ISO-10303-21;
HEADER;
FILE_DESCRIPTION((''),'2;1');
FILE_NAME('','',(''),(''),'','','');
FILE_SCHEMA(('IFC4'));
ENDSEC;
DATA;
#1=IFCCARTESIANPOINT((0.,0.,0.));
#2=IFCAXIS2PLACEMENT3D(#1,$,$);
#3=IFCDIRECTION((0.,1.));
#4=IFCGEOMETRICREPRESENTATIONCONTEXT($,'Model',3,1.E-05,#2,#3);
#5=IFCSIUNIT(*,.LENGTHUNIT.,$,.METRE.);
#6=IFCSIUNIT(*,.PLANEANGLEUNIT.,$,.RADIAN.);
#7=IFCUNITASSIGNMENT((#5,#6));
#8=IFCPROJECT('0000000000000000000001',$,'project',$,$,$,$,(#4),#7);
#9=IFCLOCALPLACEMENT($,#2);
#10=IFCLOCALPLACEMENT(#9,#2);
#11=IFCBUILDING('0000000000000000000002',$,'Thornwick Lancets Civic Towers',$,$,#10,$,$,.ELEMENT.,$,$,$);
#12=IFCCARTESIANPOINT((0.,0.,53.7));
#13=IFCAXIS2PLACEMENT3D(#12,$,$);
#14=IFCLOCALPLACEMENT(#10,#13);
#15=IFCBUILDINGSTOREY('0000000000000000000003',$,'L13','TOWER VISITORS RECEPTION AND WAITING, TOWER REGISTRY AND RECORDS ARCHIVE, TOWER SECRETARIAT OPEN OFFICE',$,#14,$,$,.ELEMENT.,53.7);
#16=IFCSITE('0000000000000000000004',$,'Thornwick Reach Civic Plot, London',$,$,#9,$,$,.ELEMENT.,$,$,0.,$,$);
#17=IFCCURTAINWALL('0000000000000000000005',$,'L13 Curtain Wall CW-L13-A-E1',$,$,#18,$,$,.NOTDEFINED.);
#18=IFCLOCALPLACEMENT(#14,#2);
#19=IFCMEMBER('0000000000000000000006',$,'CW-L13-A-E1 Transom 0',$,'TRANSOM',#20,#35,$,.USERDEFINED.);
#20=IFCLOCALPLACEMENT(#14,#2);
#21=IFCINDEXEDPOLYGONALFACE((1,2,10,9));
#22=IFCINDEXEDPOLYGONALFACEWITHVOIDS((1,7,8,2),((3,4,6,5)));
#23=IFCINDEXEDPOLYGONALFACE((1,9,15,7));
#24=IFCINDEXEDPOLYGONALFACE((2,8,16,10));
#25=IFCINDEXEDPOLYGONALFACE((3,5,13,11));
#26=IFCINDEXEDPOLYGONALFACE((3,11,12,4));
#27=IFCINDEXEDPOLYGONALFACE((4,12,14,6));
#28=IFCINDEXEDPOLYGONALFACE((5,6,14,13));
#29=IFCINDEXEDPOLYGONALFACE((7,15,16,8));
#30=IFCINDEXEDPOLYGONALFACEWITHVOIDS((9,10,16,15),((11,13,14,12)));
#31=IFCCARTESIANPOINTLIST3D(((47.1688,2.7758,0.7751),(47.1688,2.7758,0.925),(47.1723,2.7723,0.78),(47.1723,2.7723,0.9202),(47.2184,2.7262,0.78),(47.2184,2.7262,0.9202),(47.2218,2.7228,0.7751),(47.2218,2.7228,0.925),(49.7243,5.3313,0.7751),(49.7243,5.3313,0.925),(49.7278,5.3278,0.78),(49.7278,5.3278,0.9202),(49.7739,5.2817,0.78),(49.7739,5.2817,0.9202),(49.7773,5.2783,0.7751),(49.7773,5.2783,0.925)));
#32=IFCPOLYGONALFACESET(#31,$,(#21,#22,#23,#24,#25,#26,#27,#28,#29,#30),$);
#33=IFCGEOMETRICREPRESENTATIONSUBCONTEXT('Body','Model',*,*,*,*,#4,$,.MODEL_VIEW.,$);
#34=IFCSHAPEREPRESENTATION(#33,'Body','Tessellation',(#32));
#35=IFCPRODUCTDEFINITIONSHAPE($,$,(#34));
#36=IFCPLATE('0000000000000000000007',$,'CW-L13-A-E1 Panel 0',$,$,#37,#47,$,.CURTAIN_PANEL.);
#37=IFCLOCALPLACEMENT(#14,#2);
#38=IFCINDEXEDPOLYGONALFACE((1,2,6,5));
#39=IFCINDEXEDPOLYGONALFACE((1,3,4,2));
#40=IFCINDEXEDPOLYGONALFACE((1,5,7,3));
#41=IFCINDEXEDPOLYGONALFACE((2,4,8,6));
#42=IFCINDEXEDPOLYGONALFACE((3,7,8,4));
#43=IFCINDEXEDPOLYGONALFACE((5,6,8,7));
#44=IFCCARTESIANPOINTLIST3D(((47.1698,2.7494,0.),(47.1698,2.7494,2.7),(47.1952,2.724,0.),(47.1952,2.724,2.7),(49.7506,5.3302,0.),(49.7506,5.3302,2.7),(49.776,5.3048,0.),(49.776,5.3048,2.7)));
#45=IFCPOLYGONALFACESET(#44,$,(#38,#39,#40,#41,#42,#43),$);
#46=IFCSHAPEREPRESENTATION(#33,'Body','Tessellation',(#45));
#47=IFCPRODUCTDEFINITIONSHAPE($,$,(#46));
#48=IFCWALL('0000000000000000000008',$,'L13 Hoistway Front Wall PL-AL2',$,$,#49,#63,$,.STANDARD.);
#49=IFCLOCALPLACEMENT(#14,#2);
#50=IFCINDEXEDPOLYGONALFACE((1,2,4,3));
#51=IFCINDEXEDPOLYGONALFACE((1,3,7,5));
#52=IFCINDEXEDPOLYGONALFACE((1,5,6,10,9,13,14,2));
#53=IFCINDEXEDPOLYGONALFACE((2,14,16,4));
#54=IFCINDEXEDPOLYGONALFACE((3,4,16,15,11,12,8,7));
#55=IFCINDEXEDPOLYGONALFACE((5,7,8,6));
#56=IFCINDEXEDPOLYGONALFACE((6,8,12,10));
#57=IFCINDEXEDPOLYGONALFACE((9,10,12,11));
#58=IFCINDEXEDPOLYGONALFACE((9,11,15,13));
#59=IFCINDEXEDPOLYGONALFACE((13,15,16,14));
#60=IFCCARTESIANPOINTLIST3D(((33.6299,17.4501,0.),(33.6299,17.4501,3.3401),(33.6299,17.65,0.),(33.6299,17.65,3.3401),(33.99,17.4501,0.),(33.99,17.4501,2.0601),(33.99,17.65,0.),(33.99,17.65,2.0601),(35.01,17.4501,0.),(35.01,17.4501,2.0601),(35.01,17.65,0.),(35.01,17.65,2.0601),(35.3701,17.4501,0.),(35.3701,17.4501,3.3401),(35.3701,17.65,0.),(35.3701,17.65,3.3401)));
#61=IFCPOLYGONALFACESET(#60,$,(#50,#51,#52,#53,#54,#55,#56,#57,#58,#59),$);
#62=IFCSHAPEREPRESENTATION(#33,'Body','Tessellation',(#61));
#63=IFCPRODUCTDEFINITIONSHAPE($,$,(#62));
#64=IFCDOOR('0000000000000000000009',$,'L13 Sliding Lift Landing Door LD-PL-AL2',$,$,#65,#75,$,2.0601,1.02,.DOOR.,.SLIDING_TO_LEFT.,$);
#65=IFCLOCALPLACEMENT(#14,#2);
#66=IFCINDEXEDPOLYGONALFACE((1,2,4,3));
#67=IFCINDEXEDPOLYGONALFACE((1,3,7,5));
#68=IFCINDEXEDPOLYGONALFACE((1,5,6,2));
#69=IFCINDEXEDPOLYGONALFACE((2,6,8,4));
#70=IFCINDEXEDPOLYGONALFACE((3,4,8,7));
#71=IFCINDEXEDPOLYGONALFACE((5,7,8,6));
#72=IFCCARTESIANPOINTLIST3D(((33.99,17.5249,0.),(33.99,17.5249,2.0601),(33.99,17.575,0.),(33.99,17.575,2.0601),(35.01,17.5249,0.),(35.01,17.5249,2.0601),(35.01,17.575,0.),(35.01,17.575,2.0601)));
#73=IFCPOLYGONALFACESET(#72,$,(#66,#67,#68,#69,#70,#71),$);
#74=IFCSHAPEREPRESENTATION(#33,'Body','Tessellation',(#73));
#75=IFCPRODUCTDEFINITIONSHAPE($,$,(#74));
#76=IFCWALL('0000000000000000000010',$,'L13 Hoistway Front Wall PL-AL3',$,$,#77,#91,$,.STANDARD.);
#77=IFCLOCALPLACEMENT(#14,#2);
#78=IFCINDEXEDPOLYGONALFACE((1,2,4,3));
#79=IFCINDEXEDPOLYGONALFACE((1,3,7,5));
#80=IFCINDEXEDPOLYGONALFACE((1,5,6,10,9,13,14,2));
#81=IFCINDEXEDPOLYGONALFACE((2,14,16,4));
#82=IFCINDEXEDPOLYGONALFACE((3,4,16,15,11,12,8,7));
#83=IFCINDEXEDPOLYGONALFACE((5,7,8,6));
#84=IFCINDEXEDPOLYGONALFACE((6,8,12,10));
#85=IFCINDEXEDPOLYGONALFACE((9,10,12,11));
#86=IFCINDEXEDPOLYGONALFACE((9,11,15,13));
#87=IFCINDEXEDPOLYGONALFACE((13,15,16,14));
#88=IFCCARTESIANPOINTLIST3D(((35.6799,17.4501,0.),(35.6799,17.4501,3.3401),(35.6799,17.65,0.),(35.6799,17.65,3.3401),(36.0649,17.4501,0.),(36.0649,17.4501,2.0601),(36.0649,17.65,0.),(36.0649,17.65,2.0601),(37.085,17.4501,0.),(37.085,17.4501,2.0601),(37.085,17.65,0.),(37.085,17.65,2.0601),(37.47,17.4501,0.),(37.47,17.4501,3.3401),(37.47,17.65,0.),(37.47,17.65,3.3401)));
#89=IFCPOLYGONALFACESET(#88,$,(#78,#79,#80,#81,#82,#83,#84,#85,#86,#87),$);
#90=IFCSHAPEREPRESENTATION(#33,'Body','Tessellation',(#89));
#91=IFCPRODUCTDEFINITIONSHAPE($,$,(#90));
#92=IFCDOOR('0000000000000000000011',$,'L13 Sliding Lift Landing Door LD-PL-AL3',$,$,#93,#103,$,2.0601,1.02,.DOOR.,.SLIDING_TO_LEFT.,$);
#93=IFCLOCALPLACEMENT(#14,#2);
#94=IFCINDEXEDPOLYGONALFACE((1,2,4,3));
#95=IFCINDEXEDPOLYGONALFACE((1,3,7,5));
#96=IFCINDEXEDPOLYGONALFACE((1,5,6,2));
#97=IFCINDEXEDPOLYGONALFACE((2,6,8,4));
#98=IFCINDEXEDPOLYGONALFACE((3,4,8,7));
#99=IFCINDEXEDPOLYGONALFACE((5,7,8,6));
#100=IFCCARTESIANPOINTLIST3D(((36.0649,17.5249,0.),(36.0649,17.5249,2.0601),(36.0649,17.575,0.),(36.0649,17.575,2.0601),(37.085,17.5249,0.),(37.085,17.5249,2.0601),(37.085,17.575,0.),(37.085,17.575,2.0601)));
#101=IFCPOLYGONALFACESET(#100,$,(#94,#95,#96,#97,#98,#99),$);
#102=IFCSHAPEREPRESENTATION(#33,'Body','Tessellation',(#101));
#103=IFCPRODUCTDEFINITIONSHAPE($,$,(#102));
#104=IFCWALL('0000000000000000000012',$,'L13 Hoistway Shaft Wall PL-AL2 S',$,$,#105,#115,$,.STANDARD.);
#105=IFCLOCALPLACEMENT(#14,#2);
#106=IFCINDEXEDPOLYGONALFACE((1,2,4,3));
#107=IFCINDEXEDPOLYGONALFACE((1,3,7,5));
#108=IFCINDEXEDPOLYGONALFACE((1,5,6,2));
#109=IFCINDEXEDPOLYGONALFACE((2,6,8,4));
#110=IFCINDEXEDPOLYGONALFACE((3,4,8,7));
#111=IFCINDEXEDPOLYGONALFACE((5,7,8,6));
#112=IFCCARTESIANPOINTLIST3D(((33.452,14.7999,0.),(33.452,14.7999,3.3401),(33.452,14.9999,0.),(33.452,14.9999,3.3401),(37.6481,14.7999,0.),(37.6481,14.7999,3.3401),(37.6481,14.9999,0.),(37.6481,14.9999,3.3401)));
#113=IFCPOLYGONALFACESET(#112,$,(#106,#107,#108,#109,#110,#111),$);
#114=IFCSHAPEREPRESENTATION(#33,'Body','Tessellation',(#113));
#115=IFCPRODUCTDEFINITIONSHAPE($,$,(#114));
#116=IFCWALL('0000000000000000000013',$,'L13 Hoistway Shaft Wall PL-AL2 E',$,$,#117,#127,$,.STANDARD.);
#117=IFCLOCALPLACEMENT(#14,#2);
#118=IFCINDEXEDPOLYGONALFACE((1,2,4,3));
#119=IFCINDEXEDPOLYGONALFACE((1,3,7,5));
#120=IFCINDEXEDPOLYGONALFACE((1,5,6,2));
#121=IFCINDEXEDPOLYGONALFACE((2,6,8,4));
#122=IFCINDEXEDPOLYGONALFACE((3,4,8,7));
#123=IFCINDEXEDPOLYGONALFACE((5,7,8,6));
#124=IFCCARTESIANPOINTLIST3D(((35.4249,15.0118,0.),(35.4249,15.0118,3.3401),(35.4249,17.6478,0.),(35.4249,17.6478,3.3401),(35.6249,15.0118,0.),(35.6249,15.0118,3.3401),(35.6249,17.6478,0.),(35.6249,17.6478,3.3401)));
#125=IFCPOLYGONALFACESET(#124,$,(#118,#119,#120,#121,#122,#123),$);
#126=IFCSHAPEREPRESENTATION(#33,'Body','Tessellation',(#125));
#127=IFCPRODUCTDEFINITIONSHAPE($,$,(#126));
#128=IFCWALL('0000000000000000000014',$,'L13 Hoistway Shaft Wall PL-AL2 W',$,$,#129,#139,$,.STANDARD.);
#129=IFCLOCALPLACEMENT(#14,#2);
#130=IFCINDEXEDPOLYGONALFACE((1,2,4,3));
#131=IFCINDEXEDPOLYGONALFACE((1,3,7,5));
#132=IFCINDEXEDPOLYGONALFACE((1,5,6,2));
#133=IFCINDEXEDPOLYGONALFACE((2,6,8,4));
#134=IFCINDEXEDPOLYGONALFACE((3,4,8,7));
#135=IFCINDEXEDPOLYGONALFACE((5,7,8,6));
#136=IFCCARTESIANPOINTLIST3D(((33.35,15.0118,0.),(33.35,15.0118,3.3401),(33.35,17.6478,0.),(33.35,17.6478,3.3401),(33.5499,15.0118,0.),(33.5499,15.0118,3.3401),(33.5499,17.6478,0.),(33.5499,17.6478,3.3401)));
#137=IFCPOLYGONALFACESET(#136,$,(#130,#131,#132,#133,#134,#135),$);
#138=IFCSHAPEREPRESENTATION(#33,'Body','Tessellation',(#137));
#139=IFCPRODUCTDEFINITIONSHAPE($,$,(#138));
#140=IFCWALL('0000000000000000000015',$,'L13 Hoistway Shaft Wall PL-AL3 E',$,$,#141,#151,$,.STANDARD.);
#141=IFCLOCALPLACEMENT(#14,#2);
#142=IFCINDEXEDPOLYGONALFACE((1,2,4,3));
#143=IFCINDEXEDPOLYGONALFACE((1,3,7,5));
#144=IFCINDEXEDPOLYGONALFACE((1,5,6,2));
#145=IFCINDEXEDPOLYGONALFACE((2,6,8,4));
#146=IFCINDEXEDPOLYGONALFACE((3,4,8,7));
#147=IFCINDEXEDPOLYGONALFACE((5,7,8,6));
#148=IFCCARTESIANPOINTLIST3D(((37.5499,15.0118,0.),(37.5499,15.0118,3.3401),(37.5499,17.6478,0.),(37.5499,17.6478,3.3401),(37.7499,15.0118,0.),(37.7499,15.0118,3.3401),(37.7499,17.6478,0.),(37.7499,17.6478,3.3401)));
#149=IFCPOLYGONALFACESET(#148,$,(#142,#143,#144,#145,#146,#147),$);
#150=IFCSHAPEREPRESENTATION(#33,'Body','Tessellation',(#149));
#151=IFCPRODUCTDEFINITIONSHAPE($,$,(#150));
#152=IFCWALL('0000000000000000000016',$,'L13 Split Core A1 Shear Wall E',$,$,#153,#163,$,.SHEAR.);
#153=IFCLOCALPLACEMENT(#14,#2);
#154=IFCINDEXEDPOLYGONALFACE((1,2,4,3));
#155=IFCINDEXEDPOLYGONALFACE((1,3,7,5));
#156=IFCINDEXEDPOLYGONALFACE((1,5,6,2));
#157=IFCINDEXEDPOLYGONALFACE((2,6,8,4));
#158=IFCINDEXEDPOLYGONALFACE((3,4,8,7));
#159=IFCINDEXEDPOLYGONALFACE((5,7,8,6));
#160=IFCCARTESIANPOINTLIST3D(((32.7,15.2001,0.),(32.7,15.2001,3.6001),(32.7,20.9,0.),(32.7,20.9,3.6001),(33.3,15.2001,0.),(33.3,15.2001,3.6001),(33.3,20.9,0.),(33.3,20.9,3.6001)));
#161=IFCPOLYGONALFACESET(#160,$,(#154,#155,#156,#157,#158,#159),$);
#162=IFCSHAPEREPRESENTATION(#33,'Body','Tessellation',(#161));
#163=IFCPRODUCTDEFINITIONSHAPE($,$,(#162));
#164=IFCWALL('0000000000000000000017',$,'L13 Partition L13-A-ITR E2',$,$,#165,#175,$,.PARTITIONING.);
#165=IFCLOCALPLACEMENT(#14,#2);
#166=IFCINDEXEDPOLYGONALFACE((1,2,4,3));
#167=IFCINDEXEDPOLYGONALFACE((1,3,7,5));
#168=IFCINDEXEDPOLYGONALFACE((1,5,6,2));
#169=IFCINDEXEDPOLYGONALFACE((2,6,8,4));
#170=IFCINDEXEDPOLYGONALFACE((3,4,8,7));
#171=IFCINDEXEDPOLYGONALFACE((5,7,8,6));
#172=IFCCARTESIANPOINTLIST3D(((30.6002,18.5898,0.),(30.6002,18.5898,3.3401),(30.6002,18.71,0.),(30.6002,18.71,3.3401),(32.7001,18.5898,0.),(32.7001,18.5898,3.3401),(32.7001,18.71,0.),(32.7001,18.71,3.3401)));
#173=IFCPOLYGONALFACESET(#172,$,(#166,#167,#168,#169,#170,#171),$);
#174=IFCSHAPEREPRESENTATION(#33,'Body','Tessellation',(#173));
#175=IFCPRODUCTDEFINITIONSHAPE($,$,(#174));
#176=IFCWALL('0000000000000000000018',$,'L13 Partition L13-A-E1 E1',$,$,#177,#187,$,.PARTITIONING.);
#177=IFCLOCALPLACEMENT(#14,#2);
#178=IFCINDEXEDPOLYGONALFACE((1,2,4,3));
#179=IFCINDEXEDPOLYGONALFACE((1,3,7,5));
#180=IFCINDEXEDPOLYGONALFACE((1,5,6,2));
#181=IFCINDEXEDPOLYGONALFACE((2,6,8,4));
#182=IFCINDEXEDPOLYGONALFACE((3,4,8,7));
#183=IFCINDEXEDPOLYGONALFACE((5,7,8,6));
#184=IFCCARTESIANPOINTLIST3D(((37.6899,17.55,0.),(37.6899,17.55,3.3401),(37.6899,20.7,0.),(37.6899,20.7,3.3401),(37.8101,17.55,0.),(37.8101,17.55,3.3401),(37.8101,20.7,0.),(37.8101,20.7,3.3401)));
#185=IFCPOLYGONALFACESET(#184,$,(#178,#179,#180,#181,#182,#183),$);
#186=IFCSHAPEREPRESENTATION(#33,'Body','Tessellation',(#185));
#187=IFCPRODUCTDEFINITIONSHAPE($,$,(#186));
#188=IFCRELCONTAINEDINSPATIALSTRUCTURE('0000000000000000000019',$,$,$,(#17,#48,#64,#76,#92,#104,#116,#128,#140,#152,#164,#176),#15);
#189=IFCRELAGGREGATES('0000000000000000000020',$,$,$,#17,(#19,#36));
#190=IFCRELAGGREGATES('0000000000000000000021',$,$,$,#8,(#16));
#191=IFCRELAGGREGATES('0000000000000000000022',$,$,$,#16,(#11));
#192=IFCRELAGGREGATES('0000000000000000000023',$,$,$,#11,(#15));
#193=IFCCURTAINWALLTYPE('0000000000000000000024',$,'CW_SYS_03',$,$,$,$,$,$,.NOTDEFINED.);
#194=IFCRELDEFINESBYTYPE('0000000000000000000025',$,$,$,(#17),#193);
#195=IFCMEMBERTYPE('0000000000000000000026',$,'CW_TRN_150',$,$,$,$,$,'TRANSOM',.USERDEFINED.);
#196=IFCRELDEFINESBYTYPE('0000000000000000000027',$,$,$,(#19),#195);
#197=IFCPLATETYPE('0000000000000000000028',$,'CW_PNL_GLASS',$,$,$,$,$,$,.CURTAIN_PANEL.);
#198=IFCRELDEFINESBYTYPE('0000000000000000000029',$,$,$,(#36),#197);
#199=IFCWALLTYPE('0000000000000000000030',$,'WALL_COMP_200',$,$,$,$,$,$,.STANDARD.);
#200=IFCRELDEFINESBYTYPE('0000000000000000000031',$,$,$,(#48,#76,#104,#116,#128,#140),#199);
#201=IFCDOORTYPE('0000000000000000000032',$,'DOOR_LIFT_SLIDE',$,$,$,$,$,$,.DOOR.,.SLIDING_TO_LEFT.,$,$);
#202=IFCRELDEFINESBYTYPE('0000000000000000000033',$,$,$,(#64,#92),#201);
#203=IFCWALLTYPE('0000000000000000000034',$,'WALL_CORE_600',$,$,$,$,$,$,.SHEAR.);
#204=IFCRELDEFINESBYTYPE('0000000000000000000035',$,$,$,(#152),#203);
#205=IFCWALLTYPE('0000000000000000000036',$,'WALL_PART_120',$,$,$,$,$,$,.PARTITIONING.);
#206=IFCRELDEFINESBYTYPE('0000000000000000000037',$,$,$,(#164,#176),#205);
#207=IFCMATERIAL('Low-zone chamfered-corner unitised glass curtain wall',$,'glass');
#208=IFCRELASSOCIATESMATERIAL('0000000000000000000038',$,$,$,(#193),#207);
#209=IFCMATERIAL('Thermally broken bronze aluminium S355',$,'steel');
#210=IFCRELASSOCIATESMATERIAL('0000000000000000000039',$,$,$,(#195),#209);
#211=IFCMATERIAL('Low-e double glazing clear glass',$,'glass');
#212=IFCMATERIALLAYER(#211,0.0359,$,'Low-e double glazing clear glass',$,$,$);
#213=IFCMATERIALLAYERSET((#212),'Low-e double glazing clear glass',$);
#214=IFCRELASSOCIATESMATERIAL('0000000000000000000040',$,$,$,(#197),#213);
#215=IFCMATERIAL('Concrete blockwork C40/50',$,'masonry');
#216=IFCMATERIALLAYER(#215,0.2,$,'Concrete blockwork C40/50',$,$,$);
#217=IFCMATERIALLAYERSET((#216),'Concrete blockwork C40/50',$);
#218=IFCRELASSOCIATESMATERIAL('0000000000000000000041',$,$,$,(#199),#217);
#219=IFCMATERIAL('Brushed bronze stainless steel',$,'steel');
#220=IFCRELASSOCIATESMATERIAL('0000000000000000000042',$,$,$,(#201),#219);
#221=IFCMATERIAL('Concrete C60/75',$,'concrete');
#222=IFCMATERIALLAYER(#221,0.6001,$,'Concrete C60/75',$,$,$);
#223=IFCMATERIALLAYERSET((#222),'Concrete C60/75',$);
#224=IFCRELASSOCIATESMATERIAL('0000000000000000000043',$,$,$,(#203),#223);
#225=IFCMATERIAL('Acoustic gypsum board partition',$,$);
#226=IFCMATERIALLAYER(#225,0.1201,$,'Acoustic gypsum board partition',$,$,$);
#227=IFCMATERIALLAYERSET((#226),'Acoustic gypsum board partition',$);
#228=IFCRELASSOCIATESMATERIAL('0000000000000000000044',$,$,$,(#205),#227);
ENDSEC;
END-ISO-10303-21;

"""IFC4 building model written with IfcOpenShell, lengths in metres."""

from ifc_helpers import new_model, si_unit, direction, frame, frame_2d, origin, origin_2d, place, context, subcontext, project, spatial, rectangle, hollow_rectangle, extrude, material, layer, layer_set, material_profile, profile_set, type_object, element, fill, aggregate, save


model = new_model("IFC4")

# Units and contexts
model_context = context("Model", 3, precision=1e-05, world=origin(), true_north=direction((0.0, 1.0)))
body_context = subcontext(model_context, "Body", "Model", "MODEL_VIEW")
ifc_project = project(units=[si_unit("LENGTHUNIT", "METRE"), si_unit("PLANEANGLEUNIT", "RADIAN")], contexts=[model_context])

# Site, building, storey
site_placement = place(None, origin())
site = spatial("IfcSite", under=ifc_project, at=site_placement, Name="Thornwick Reach Civic Plot, London", CompositionType="ELEMENT", RefElevation=0.0)
building_placement = place(site_placement, origin())
building = spatial("IfcBuilding", under=site, at=building_placement, Name="Thornwick Lancets Civic Towers", CompositionType="ELEMENT")
storey_placement = place(building_placement, frame((0.0, 0.0, 53.7)))
storey = spatial("IfcBuildingStorey", under=building, at=storey_placement, Name="L13", Description="TOWER VISITORS RECEPTION AND WAITING, TOWER REGISTRY AND RECORDS ARCHIVE, TOWER SECRETARIAT OPEN OFFICE", CompositionType="ELEMENT", Elevation=53.7)

# Shared definitions
ifc_material_1 = material(Name="Concrete C60/75", Category="concrete")

# Curtain wall, member, plate
ifc_material_2 = material(Name="Low-zone chamfered-corner unitised glass curtain wall", Category="glass")
curtain_wall_type = type_object("IfcCurtainWallType", Name="CW_SYS_03", PredefinedType="NOTDEFINED", material=ifc_material_2)
curtain_wall_placement = place(storey_placement, origin())
curtain_wall = element("IfcCurtainWall", 1, at=curtain_wall_placement, inside=storey, type_object=curtain_wall_type, Name="L13 Curtain Wall CW-L13-A-E1", PredefinedType="NOTDEFINED")
ifc_material_3 = material(Name="Thermally broken bronze aluminium S355", Category="steel")
ifc_material_profile_1 = material_profile(ifc_material_3, hollow_rectangle(XDim=0.075, YDim=0.1499, WallThickness=0.0049, at=origin_2d()), Name="RHS 150x75x5")
ifc_profile_set_1 = profile_set([ifc_material_profile_1], Name="Thermally broken bronze aluminium S355")
member_type_1 = type_object("IfcMemberType", Name="CW_TRN_150", ElementType="TRANSOM", PredefinedType="USERDEFINED", material=ifc_profile_set_1)
member_1_placement = place(storey_placement, frame((47.1953, 2.7493, 0.8501), z_axis=(0.707107, 0.707107, 0.0), x_axis=(-0.707107, 0.707107, 0.0)))
member_1 = element("IfcMember", 2, at=member_1_placement, type_object=member_type_1, Name="CW-L13-A-E1 Transom 0", ObjectType="TRANSOM", PredefinedType="USERDEFINED", context=body_context, shape_type="SweptSolid", body=[
    extrude(hollow_rectangle(XDim=0.075, YDim=0.1499, WallThickness=0.0049, at=origin_2d()), origin(), (0.0, 0.0, 1.0), 3.614),
])
ifc_material_4 = material(Name="Low-e double glazing clear glass", Category="glass")
ifc_layer_1 = layer(ifc_material_4, 0.0359, Name="Low-e double glazing clear glass")
ifc_layer_set_1 = layer_set([ifc_layer_1], Name="Low-e double glazing clear glass")
plate_type = type_object("IfcPlateType", Name="CW_PNL_GLASS", PredefinedType="CURTAIN_PANEL", material=ifc_layer_set_1)
plate_placement = place(storey_placement, frame((48.4729, 4.0271, 0.0), z_axis=(0.0, 0.0, 1.0), x_axis=(0.707107, 0.707107, 0.0)))
plate = element("IfcPlate", 3, at=plate_placement, type_object=plate_type, Name="CW-L13-A-E1 Panel 0", PredefinedType="CURTAIN_PANEL", context=body_context, shape_type="SweptSolid", body=[
    extrude(rectangle(XDim=3.6499, YDim=0.0359, at=origin_2d()), origin(), (0.0, 0.0, 1.0), 2.7),
])
aggregate(curtain_wall, [member_1, plate])

# Walls, openings, doors
ifc_material_5 = material(Name="Concrete blockwork C40/50", Category="masonry")
ifc_layer_2 = layer(ifc_material_5, 0.2, Name="Concrete blockwork C40/50")
ifc_layer_set_2 = layer_set([ifc_layer_2], Name="Concrete blockwork C40/50")
wall_type_1 = type_object("IfcWallType", Name="WALL_COMP_200", PredefinedType="STANDARD", material=ifc_layer_set_2)
wall_1_placement = place(storey_placement, frame((33.6299, 17.55, 0.0), z_axis=(0.0, 0.0, 1.0), x_axis=(1.0, 0.0, 0.0)))
wall_1 = element("IfcWall", 4, at=wall_1_placement, inside=storey, type_object=wall_type_1, Name="L13 Hoistway Front Wall PL-AL2", PredefinedType="STANDARD", context=body_context, shape_type="SweptSolid", body=[
    extrude(rectangle(XDim=1.7402, YDim=0.2, at=frame_2d((0.8701, 0.0))), origin(), (0.0, 0.0, 1.0), 3.3401),
])
opening_1_placement = place(wall_1_placement, frame((0.3601, 0.0, 0.0)))
opening_1 = element("IfcOpeningElement", 5, at=opening_1_placement, cuts=wall_1, PredefinedType="OPENING", context=body_context, shape_type="SweptSolid", body=[
    extrude(rectangle(XDim=1.02, YDim=2.0601, at=frame_2d((0.51, 1.03))), frame((0.0, 0.1099, 0.0), z_axis=(0.0, -1.0, 0.0), x_axis=(1.0, 0.0, 0.0)), (0.0, 0.0, 1.0), 0.22),
])
ifc_material_6 = material(Name="Brushed bronze stainless steel", Category="steel")
door_type = type_object("IfcDoorType", Name="DOOR_LIFT_SLIDE", OperationType="SLIDING_TO_LEFT", PredefinedType="DOOR", material=ifc_material_6)
door_1_placement = place(opening_1_placement, origin())
door_1 = element("IfcDoor", 6, at=door_1_placement, inside=storey, type_object=door_type, Name="L13 Sliding Lift Landing Door LD-PL-AL2", OperationType="SLIDING_TO_LEFT", OverallHeight=2.0601, OverallWidth=1.02, PredefinedType="DOOR", context=body_context, shape_type="SweptSolid", body=[
    extrude(rectangle(XDim=1.02, YDim=2.0601, at=frame_2d((0.51, 1.03))), frame((0.0, 0.0249, 0.0), z_axis=(0.0, -1.0, 0.0), x_axis=(1.0, 0.0, 0.0)), (0.0, 0.0, 1.0), 0.05),
])
fill(opening_1, door_1)
wall_2_placement = place(storey_placement, frame((35.6799, 17.55, 0.0), z_axis=(0.0, 0.0, 1.0), x_axis=(1.0, 0.0, 0.0)))
wall_2 = element("IfcWall", 7, at=wall_2_placement, inside=storey, type_object=wall_type_1, Name="L13 Hoistway Front Wall PL-AL3", PredefinedType="STANDARD", context=body_context, shape_type="SweptSolid", body=[
    extrude(rectangle(XDim=1.79, YDim=0.2, at=frame_2d((0.895, 0.0))), origin(), (0.0, 0.0, 1.0), 3.3401),
])
opening_2_placement = place(wall_2_placement, frame((0.385, 0.0, 0.0)))
opening_2 = element("IfcOpeningElement", 8, at=opening_2_placement, cuts=wall_2, PredefinedType="OPENING", context=body_context, shape_type="SweptSolid", body=[
    extrude(rectangle(XDim=1.02, YDim=2.0601, at=frame_2d((0.51, 1.03))), frame((0.0, 0.1099, 0.0), z_axis=(0.0, -1.0, 0.0), x_axis=(1.0, 0.0, 0.0)), (0.0, 0.0, 1.0), 0.22),
])
door_2_placement = place(opening_2_placement, origin())
door_2 = element("IfcDoor", 9, at=door_2_placement, inside=storey, type_object=door_type, Name="L13 Sliding Lift Landing Door LD-PL-AL3", OperationType="SLIDING_TO_LEFT", OverallHeight=2.0601, OverallWidth=1.02, PredefinedType="DOOR", context=body_context, shape_type="SweptSolid", body=[
    extrude(rectangle(XDim=1.02, YDim=2.0601, at=frame_2d((0.51, 1.03))), frame((0.0, 0.0249, 0.0), z_axis=(0.0, -1.0, 0.0), x_axis=(1.0, 0.0, 0.0)), (0.0, 0.0, 1.0), 0.05),
])
fill(opening_2, door_2)

# Walls
wall_3_placement = place(storey_placement, frame((33.4519, 14.8999, 0.0), z_axis=(0.0, 0.0, 1.0), x_axis=(1.0, 0.0, 0.0)))
element("IfcWall", 10, at=wall_3_placement, inside=storey, type_object=wall_type_1, Name="L13 Hoistway Shaft Wall PL-AL2 S", PredefinedType="STANDARD", context=body_context, shape_type="SweptSolid", body=[
    extrude(rectangle(XDim=4.196, YDim=0.2, at=frame_2d((2.0981, 0.0))), origin(), (0.0, 0.0, 1.0), 3.3401),
])
for number, where, z_axis, x_axis, name in (
    (11, (35.5249, 15.012, 0.0), (0.0, 0.0, 1.0), (0.0, 1.0, 0.0), "L13 Hoistway Shaft Wall PL-AL2 E"),
    (12, (33.45, 15.012, 0.0), (0.0, 0.0, 1.0), (0.0, 1.0, 0.0), "L13 Hoistway Shaft Wall PL-AL2 W"),
    (13, (37.6499, 15.012, 0.0), (0.0, 0.0, 1.0), (0.0, 1.0, 0.0), "L13 Hoistway Shaft Wall PL-AL3 E"),
):
    element("IfcWall", number, at=place(storey_placement, frame(where, z_axis=z_axis, x_axis=x_axis)), inside=storey, type_object=wall_type_1, Name=name, PredefinedType="STANDARD", context=body_context, shape_type="SweptSolid", body=[
        extrude(rectangle(XDim=2.636, YDim=0.2, at=frame_2d((1.3179, 0.0))), origin(), (0.0, 0.0, 1.0), 3.3401),
    ])
ifc_layer_3 = layer(ifc_material_1, 0.6001, Name="Concrete C60/75")
ifc_layer_set_3 = layer_set([ifc_layer_3], Name="Concrete C60/75")
wall_type_2 = type_object("IfcWallType", Name="WALL_CORE_600", PredefinedType="SHEAR", material=ifc_layer_set_3)
wall_4_placement = place(storey_placement, frame((33.0, 15.2, 0.0), z_axis=(0.0, 0.0, 1.0), x_axis=(0.0, 1.0, 0.0)))
element("IfcWall", 14, at=wall_4_placement, inside=storey, type_object=wall_type_2, Name="L13 Split Core A1 Shear Wall E", PredefinedType="SHEAR", context=body_context, shape_type="SweptSolid", body=[
    extrude(rectangle(XDim=5.7, YDim=0.6001, at=frame_2d((2.8501, 0.0))), origin(), (0.0, 0.0, 1.0), 3.6001),
])
ifc_material_7 = material(Name="Acoustic gypsum board partition")
ifc_layer_4 = layer(ifc_material_7, 0.1201, Name="Acoustic gypsum board partition")
ifc_layer_set_4 = layer_set([ifc_layer_4], Name="Acoustic gypsum board partition")
wall_type_3 = type_object("IfcWallType", Name="WALL_PART_120", PredefinedType="PARTITIONING", material=ifc_layer_set_4)
wall_5_placement = place(storey_placement, frame((32.7, 18.6499, 0.0), z_axis=(0.0, 0.0, 1.0), x_axis=(-1.0, 0.0, 0.0)))
element("IfcWall", 15, at=wall_5_placement, inside=storey, type_object=wall_type_3, Name="L13 Partition L13-A-ITR E2", PredefinedType="PARTITIONING", context=body_context, shape_type="SweptSolid", body=[
    extrude(rectangle(XDim=2.0999, YDim=0.1201, at=frame_2d((1.0498, 0.0))), origin(), (0.0, 0.0, 1.0), 3.3401),
])
wall_6_placement = place(storey_placement, frame((37.75, 17.55, 0.0), z_axis=(0.0, 0.0, 1.0), x_axis=(0.0, 1.0, 0.0)))
element("IfcWall", 16, at=wall_6_placement, inside=storey, type_object=wall_type_3, Name="L13 Partition L13-A-E1 E1", PredefinedType="PARTITIONING", context=body_context, shape_type="SweptSolid", body=[
    extrude(rectangle(XDim=3.1499, YDim=0.1201, at=frame_2d((1.575, 0.0))), origin(), (0.0, 0.0, 1.0), 3.3401),
])

save(model, "model.ifc")
